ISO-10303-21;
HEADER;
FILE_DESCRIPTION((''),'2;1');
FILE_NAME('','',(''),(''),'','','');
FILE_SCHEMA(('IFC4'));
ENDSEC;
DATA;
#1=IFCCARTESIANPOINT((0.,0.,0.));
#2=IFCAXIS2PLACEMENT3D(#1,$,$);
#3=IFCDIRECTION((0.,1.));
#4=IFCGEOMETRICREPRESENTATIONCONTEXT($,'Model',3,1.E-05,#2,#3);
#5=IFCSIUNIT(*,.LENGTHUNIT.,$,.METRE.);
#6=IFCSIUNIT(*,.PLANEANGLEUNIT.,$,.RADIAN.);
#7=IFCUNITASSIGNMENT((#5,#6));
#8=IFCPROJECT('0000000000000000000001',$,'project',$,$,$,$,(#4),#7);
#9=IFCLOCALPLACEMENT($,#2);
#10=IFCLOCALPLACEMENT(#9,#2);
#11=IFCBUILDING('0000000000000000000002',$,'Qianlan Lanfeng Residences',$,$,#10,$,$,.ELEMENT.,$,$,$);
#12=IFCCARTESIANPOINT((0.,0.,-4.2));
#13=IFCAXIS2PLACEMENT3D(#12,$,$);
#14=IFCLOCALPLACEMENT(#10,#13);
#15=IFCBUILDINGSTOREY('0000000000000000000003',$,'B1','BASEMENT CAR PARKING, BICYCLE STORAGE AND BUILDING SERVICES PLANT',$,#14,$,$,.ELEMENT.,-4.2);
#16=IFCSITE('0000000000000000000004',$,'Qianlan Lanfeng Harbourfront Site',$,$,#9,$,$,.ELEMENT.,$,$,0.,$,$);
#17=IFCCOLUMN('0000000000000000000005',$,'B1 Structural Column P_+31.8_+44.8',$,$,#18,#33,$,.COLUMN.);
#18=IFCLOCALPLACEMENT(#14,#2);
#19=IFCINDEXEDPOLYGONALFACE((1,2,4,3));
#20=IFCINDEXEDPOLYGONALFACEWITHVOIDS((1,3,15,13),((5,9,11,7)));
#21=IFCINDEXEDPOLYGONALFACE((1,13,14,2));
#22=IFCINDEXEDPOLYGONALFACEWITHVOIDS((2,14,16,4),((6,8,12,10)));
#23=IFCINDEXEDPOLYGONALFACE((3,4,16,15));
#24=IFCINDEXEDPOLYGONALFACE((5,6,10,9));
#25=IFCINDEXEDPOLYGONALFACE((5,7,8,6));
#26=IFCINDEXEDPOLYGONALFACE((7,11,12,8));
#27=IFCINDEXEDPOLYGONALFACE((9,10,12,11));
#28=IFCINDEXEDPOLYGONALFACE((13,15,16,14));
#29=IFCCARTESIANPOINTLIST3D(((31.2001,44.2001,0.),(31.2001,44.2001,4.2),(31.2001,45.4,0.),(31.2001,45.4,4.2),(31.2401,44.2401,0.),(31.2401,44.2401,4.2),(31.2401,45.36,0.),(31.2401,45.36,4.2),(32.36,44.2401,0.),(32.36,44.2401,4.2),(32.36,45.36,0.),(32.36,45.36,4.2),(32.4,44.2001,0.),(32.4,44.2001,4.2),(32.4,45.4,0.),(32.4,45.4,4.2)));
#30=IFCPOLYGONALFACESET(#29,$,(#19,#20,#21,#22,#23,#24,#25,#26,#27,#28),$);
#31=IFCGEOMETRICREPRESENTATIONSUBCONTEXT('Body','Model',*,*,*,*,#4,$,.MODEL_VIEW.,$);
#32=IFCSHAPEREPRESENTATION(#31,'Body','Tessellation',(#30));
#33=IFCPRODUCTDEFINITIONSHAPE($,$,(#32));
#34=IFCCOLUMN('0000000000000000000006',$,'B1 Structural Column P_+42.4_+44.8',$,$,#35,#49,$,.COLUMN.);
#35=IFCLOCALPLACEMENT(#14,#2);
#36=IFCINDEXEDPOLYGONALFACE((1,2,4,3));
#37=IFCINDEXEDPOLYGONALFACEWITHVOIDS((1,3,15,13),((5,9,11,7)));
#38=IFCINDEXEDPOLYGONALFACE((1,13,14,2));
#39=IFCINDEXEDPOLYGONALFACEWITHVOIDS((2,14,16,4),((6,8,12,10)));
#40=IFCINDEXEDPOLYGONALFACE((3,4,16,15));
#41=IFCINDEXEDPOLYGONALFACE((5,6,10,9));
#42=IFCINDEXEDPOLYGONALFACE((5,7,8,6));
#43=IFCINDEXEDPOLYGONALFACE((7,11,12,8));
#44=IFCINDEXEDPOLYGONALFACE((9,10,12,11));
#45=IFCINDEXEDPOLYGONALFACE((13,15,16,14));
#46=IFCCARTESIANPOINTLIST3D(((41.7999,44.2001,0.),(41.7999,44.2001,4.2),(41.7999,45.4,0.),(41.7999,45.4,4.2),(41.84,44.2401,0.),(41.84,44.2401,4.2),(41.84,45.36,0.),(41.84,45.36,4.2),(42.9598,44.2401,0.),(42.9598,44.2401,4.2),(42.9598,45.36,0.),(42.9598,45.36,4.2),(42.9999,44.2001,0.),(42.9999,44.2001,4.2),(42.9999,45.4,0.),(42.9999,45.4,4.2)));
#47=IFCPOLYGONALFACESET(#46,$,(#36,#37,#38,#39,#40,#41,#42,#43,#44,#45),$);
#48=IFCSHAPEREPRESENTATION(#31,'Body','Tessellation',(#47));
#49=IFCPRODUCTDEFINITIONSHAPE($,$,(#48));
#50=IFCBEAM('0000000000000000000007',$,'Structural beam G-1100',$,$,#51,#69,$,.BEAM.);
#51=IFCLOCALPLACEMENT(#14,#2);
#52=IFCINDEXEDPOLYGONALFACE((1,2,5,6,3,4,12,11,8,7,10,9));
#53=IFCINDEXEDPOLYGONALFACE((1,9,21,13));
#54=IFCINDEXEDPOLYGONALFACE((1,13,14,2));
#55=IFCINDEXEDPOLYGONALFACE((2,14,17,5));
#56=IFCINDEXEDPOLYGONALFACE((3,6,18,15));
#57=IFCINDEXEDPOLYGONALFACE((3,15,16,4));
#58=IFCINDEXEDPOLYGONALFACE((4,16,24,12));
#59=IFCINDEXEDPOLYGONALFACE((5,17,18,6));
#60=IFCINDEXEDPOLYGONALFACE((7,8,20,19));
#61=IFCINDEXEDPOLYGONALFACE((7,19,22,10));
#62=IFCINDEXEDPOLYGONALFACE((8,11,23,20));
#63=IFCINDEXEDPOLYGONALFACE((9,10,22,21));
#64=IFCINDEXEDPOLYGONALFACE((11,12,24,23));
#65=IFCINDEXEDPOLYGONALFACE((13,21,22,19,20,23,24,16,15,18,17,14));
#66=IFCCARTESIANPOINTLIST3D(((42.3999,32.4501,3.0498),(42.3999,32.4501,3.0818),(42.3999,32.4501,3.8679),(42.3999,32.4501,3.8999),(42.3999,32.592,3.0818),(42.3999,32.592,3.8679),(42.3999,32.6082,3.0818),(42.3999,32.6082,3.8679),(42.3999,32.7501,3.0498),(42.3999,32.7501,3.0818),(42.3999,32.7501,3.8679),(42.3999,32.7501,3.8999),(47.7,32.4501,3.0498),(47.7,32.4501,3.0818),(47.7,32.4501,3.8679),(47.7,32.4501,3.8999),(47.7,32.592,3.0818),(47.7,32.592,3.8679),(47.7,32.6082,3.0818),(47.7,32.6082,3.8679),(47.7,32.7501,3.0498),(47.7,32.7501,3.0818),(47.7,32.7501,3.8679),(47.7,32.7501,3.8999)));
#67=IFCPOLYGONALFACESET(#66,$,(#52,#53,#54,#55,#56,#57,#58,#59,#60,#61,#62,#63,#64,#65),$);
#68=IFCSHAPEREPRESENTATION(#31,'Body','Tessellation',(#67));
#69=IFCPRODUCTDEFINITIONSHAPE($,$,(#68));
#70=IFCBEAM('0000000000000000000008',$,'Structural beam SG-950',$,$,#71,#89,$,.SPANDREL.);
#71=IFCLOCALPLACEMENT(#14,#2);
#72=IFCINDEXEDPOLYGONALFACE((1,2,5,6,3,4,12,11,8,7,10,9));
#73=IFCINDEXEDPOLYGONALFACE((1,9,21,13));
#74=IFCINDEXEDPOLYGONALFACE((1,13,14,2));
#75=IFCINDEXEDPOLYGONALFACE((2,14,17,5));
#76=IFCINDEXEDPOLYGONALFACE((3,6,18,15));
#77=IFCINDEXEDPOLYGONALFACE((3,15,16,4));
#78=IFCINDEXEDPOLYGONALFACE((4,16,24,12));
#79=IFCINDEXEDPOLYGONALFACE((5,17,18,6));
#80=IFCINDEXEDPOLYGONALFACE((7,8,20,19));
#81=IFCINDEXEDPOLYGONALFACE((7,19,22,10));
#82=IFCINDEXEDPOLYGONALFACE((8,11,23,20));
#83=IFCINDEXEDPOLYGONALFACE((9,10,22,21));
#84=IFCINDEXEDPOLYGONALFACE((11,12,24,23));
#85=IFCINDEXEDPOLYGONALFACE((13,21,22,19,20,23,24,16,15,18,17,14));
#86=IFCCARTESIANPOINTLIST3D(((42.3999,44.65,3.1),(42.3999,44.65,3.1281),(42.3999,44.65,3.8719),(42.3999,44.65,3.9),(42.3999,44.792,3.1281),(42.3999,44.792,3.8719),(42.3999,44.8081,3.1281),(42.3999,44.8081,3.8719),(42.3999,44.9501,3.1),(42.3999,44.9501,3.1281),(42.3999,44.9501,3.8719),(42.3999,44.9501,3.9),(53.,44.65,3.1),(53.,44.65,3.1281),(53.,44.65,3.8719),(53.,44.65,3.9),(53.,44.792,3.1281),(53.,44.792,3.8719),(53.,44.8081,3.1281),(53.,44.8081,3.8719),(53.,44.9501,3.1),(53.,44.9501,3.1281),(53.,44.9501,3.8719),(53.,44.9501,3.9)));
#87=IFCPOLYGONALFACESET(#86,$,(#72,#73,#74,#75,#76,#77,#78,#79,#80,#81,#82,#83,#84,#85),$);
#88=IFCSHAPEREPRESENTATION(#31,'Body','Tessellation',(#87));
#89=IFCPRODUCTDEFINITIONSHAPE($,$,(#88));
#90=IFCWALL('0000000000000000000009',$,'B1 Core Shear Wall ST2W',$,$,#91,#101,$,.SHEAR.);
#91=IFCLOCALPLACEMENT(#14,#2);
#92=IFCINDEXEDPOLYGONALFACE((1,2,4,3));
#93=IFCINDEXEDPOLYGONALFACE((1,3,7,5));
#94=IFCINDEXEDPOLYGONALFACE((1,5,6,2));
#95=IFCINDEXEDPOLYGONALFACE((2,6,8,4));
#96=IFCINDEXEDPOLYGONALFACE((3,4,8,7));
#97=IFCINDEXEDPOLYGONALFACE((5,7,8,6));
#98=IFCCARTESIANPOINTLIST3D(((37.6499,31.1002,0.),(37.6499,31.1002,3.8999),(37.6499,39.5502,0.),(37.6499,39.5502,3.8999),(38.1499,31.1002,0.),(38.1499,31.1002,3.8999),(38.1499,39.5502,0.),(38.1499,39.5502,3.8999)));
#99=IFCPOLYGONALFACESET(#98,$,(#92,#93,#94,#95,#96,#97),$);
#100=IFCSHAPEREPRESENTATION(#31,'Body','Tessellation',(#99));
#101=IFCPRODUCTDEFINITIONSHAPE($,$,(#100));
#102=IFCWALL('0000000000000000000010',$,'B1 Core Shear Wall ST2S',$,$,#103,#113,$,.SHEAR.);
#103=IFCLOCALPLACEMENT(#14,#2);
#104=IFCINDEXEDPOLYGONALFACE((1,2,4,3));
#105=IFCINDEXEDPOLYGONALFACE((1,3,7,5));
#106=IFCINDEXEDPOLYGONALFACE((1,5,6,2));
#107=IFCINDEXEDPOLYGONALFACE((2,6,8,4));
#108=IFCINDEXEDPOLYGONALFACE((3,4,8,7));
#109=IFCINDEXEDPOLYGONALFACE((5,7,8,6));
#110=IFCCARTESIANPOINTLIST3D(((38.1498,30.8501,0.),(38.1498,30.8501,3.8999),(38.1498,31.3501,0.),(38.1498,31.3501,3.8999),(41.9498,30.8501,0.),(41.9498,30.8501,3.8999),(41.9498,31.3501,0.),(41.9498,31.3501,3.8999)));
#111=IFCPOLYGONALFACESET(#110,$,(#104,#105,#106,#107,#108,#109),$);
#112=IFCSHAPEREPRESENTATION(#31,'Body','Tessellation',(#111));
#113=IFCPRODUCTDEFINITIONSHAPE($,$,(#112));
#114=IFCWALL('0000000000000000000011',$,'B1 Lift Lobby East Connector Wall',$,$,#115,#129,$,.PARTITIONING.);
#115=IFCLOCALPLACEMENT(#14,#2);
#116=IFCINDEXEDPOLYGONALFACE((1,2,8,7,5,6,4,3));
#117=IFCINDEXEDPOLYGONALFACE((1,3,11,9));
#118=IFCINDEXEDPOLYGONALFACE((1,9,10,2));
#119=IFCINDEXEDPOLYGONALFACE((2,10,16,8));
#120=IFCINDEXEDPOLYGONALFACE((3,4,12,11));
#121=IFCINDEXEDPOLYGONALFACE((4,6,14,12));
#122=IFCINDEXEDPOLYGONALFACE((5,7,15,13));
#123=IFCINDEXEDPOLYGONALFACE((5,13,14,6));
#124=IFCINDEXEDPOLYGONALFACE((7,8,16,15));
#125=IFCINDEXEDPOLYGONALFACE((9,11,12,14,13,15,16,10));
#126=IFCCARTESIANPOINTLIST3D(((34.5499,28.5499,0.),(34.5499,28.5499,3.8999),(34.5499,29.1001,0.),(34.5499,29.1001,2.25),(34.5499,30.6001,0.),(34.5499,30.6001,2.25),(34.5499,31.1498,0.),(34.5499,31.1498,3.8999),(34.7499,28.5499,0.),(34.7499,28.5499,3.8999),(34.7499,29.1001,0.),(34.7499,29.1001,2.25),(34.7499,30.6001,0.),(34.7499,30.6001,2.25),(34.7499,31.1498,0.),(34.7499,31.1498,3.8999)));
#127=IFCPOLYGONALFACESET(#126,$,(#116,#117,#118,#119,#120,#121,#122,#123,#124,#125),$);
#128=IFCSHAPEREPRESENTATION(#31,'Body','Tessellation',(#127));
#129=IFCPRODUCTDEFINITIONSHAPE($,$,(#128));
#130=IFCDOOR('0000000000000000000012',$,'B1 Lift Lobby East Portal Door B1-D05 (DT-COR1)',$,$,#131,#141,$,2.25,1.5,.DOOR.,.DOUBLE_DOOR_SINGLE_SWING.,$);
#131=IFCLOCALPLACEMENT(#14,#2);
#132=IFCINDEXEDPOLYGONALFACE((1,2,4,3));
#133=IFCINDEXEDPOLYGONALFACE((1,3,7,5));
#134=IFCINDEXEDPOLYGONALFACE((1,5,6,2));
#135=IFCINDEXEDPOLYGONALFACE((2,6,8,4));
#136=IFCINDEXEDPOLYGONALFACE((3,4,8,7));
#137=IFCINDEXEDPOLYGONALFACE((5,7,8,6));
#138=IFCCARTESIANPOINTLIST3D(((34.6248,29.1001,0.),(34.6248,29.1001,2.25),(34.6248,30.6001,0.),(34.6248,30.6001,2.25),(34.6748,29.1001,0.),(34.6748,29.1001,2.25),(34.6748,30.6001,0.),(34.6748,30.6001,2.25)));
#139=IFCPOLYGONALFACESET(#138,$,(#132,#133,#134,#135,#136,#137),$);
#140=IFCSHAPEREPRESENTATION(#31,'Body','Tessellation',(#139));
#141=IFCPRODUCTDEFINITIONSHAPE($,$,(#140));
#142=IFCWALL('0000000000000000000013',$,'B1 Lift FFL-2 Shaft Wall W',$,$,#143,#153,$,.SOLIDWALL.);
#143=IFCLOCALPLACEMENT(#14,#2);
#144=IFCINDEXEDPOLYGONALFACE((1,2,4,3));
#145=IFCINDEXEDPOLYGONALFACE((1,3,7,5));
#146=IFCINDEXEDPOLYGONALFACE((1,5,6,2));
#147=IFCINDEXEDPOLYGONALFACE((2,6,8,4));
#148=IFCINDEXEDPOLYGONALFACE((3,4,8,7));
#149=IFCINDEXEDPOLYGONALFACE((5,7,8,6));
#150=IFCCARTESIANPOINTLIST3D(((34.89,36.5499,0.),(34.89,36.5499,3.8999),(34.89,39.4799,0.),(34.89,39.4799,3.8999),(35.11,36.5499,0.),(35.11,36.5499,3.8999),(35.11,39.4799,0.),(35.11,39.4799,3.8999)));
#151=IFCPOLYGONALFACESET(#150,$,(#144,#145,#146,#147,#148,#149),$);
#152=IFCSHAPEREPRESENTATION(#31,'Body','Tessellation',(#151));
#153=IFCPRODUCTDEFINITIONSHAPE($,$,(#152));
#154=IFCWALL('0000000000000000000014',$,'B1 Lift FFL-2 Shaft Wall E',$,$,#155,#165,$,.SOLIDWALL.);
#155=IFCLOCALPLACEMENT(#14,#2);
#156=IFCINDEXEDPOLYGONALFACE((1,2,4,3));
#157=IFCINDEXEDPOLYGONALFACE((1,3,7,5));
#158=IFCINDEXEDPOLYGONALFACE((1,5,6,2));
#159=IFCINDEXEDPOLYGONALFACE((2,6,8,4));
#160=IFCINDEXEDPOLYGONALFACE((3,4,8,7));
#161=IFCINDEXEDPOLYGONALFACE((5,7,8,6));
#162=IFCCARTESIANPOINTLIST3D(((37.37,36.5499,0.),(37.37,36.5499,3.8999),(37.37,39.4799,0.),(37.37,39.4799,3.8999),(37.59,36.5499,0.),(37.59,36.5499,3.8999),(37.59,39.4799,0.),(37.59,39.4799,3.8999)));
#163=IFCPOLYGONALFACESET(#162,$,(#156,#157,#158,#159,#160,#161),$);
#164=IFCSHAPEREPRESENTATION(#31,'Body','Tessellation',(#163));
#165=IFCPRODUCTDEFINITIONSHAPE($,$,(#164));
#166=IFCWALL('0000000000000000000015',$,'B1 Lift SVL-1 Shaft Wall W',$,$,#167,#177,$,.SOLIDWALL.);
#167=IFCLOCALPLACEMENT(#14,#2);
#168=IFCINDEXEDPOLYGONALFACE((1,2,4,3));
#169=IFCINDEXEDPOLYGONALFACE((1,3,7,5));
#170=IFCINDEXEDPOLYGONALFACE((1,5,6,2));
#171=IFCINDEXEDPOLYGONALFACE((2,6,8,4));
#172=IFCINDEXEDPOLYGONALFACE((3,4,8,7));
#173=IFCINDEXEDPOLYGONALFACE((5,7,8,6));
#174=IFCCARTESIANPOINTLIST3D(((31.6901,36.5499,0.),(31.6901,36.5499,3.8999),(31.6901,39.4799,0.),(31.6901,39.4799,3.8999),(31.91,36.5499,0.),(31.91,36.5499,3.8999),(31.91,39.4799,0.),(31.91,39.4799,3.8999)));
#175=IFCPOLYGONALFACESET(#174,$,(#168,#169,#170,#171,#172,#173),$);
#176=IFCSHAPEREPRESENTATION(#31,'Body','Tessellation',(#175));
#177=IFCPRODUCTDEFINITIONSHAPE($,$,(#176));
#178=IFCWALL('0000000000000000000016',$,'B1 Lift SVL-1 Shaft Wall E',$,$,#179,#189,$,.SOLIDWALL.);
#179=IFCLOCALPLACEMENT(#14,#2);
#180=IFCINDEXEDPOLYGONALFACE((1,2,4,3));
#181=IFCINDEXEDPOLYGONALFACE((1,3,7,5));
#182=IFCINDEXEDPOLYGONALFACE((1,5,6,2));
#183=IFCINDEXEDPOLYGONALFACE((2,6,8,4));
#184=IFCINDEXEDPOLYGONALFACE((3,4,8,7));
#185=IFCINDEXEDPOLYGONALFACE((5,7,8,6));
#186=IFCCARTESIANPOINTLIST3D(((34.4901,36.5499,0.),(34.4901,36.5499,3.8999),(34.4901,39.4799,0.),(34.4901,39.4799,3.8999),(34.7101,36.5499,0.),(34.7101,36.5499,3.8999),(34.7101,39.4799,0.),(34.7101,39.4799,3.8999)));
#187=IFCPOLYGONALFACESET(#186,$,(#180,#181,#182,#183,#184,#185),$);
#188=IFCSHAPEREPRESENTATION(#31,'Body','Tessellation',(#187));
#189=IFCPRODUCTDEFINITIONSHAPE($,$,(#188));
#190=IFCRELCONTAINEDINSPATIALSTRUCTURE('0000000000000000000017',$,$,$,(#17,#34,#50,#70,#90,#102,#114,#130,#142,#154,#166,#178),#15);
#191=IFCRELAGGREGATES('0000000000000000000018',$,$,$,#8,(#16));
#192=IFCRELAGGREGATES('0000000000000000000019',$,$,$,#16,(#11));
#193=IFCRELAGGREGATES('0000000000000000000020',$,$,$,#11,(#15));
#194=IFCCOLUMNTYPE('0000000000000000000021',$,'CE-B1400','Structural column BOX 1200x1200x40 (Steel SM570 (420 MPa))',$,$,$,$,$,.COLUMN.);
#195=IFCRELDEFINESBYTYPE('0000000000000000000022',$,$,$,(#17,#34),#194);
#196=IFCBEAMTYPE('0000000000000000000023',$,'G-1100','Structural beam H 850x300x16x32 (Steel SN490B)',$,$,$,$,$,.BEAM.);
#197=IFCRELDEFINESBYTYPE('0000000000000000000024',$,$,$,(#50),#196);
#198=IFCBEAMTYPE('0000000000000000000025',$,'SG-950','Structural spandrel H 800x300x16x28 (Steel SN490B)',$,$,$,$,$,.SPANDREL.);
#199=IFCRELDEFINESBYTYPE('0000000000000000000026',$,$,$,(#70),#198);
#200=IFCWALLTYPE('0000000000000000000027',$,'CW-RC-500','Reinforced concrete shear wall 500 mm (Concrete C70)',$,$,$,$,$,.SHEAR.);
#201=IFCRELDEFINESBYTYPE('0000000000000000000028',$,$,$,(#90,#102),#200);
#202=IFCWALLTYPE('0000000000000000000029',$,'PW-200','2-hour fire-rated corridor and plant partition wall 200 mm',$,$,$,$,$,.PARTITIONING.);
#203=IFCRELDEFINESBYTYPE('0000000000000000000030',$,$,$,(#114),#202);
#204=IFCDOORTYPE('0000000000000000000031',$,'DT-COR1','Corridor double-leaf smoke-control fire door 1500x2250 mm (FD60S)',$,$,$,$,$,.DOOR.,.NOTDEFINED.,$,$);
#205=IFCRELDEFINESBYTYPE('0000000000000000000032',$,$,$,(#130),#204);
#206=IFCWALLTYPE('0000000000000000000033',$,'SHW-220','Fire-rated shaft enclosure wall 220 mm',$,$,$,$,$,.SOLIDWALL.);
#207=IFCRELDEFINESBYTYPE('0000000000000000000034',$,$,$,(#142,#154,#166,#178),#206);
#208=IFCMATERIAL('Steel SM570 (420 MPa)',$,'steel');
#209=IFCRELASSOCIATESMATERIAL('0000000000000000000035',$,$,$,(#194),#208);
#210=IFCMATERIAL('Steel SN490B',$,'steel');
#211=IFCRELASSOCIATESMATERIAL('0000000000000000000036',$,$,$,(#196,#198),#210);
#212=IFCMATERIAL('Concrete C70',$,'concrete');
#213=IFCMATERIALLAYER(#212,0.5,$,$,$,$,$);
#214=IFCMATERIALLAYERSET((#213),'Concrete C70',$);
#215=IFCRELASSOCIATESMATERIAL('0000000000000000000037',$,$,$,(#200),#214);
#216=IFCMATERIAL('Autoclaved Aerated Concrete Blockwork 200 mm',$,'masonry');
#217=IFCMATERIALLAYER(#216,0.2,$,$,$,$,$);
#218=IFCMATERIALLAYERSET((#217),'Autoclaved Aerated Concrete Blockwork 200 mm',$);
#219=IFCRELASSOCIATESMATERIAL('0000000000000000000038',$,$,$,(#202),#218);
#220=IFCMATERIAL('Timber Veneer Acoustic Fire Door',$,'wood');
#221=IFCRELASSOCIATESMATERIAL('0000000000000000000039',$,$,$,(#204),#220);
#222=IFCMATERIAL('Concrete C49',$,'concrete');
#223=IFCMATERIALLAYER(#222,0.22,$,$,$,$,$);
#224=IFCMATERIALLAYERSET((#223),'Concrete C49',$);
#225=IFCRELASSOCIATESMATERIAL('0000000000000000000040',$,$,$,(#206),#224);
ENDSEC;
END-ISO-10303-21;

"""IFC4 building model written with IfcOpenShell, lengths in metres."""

from ifc_helpers import new_model, si_unit, direction, frame, frame_2d, origin, origin_2d, place, context, subcontext, project, spatial, rectangle, hollow_rectangle, i_section, extrude, material, layer, layer_set, material_profile, profile_set, type_object, element, fill, save


model = new_model("IFC4")

# Units and contexts
model_context = context("Model", 3, precision=1e-05, world=origin(), true_north=direction((0.0, 1.0)))
body_context = subcontext(model_context, "Body", "Model", "MODEL_VIEW")
ifc_project = project(units=[si_unit("LENGTHUNIT", "METRE"), si_unit("PLANEANGLEUNIT", "RADIAN")], contexts=[model_context])

# Site, building, storey
site_placement = place(None, origin())
site = spatial("IfcSite", under=ifc_project, at=site_placement, Name="Qianlan Lanfeng Harbourfront Site", CompositionType="ELEMENT", RefElevation=0.0)
building_placement = place(site_placement, origin())
building = spatial("IfcBuilding", under=site, at=building_placement, Name="Qianlan Lanfeng Residences", CompositionType="ELEMENT")
storey_placement = place(building_placement, frame((0.0, 0.0, -4.2)))
storey = spatial("IfcBuildingStorey", under=building, at=storey_placement, Name="B1", Description="BASEMENT CAR PARKING, BICYCLE STORAGE AND BUILDING SERVICES PLANT", CompositionType="ELEMENT", Elevation=-4.2)

# Columns
ifc_material_1 = material(Name="Steel SM570 (420 MPa)", Category="steel")
ifc_material_profile_1 = material_profile(ifc_material_1, hollow_rectangle(XDim=1.2, YDim=1.2, WallThickness=0.04, at=origin_2d()), Name="BOX 1200x1200x40")
ifc_profile_set_1 = profile_set([ifc_material_profile_1], Name="Steel SM570 (420 MPa)")
column_type = type_object("IfcColumnType", Name="CE-B1400", Description="Structural column BOX 1200x1200x40 (Steel SM570 (420 MPa))", PredefinedType="COLUMN", material=ifc_profile_set_1)
for number, where, z_axis, x_axis, name in (
    (1, (31.8, 44.8, 0.0), (0.0, 0.0, 1.0), (1.0, 0.0, 0.0), "B1 Structural Column P_+31.8_+44.8"),
    (2, (42.3999, 44.8, 0.0), (0.0, 0.0, 1.0), (1.0, 0.0, 0.0), "B1 Structural Column P_+42.4_+44.8"),
):
    element("IfcColumn", number, at=place(storey_placement, frame(where, z_axis=z_axis, x_axis=x_axis)), inside=storey, type_object=column_type, Name=name, PredefinedType="COLUMN", context=body_context, shape_type="SweptSolid", body=[
        extrude(hollow_rectangle(XDim=1.2, YDim=1.2, WallThickness=0.04, at=origin_2d()), origin(), (0.0, 0.0, 1.0), 4.2),
    ])

# Beams
ifc_material_2 = material(Name="Steel SN490B", Category="steel")
ifc_material_profile_2 = material_profile(ifc_material_2, i_section(OverallWidth=0.3, OverallDepth=0.8501, WebThickness=0.0161, FlangeThickness=0.032, at=origin_2d()), Name="H 850x300x16x32")
ifc_profile_set_2 = profile_set([ifc_material_profile_2], Name="Steel SN490B")
beam_type_1 = type_object("IfcBeamType", Name="G-1100", Description="Structural beam H 850x300x16x32 (Steel SN490B)", PredefinedType="BEAM", material=ifc_profile_set_2)
beam_1_placement = place(storey_placement, frame((42.3999, 32.6001, 3.4749), z_axis=(1.0, 0.0, 0.0), x_axis=(0.0, 1.0, 0.0)))
element("IfcBeam", 3, at=beam_1_placement, inside=storey, type_object=beam_type_1, Name="Structural beam G-1100", PredefinedType="BEAM", context=body_context, shape_type="SweptSolid", body=[
    extrude(i_section(OverallWidth=0.3, OverallDepth=0.8501, WebThickness=0.0161, FlangeThickness=0.032, at=origin_2d()), origin(), (0.0, 0.0, 1.0), 5.3),
])
ifc_material_profile_3 = material_profile(ifc_material_2, i_section(OverallWidth=0.3, OverallDepth=0.8, WebThickness=0.0161, FlangeThickness=0.0281, at=origin_2d()), Name="H 800x300x16x28")
ifc_profile_set_3 = profile_set([ifc_material_profile_3], Name="Steel SN490B")
beam_type_2 = type_object("IfcBeamType", Name="SG-950", Description="Structural spandrel H 800x300x16x28 (Steel SN490B)", PredefinedType="SPANDREL", material=ifc_profile_set_3)
beam_2_placement = place(storey_placement, frame((42.3999, 44.8, 3.5), z_axis=(1.0, 0.0, 0.0), x_axis=(0.0, 1.0, 0.0)))
element("IfcBeam", 4, at=beam_2_placement, inside=storey, type_object=beam_type_2, Name="Structural beam SG-950", PredefinedType="SPANDREL", context=body_context, shape_type="SweptSolid", body=[
    extrude(i_section(OverallWidth=0.3, OverallDepth=0.8, WebThickness=0.0161, FlangeThickness=0.0281, at=origin_2d()), origin(), (0.0, 0.0, 1.0), 10.6001),
])

# Walls
ifc_material_3 = material(Name="Concrete C70", Category="concrete")
ifc_layer_1 = layer(ifc_material_3, 0.5)
ifc_layer_set_1 = layer_set([ifc_layer_1], Name="Concrete C70")
wall_type_1 = type_object("IfcWallType", Name="CW-RC-500", Description="Reinforced concrete shear wall 500 mm (Concrete C70)", PredefinedType="SHEAR", material=ifc_layer_set_1)
wall_1_placement = place(storey_placement, frame((37.8999, 31.1001, 0.0), z_axis=(0.0, 0.0, 1.0), x_axis=(0.0, 1.0, 0.0)))
element("IfcWall", 5, at=wall_1_placement, inside=storey, type_object=wall_type_1, Name="B1 Core Shear Wall ST2W", PredefinedType="SHEAR", context=body_context, shape_type="SweptSolid", body=[
    extrude(rectangle(XDim=8.45, YDim=0.5, at=frame_2d((4.2251, 0.0))), origin(), (0.0, 0.0, 1.0), 3.8999),
])
wall_2_placement = place(storey_placement, frame((38.1499, 31.1001, 0.0), z_axis=(0.0, 0.0, 1.0), x_axis=(1.0, 0.0, 0.0)))
element("IfcWall", 6, at=wall_2_placement, inside=storey, type_object=wall_type_1, Name="B1 Core Shear Wall ST2S", PredefinedType="SHEAR", context=body_context, shape_type="SweptSolid", body=[
    extrude(rectangle(XDim=3.8, YDim=0.5, at=frame_2d((1.8999, 0.0))), origin(), (0.0, 0.0, 1.0), 3.8999),
])

# Wall, opening, door
ifc_material_4 = material(Name="Autoclaved Aerated Concrete Blockwork 200 mm", Category="masonry")
ifc_layer_2 = layer(ifc_material_4, 0.2)
ifc_layer_set_2 = layer_set([ifc_layer_2], Name="Autoclaved Aerated Concrete Blockwork 200 mm")
wall_type_2 = type_object("IfcWallType", Name="PW-200", Description="2-hour fire-rated corridor and plant partition wall 200 mm", PredefinedType="PARTITIONING", material=ifc_layer_set_2)
wall_3_placement = place(storey_placement, frame((34.6499, 28.55, 0.0), z_axis=(0.0, 0.0, 1.0), x_axis=(0.0, 1.0, 0.0)))
wall_3 = element("IfcWall", 7, at=wall_3_placement, inside=storey, type_object=wall_type_2, Name="B1 Lift Lobby East Connector Wall", PredefinedType="PARTITIONING", context=body_context, shape_type="SweptSolid", body=[
    extrude(rectangle(XDim=2.5999, YDim=0.2, at=frame_2d((1.2998, 0.0))), origin(), (0.0, 0.0, 1.0), 3.8999),
])
opening_placement = place(wall_3_placement, frame((0.55, 0.0, 0.0)))
opening = element("IfcOpeningElement", 8, at=opening_placement, cuts=wall_3, PredefinedType="OPENING", context=body_context, shape_type="SweptSolid", body=[
    extrude(rectangle(XDim=1.5, YDim=2.25, at=frame_2d((0.75, 1.125))), frame((0.0, 0.1099, 0.0), z_axis=(0.0, -1.0, 0.0), x_axis=(1.0, 0.0, 0.0)), (0.0, 0.0, 1.0), 0.22),
])
ifc_material_5 = material(Name="Timber Veneer Acoustic Fire Door", Category="wood")
door_type = type_object("IfcDoorType", Name="DT-COR1", Description="Corridor double-leaf smoke-control fire door 1500x2250 mm (FD60S)", OperationType="NOTDEFINED", PredefinedType="DOOR", material=ifc_material_5)
door_placement = place(opening_placement, frame((1.5, 0.0, 0.0), z_axis=(0.0, 0.0, 1.0), x_axis=(-1.0, 0.0, 0.0)))
door = element("IfcDoor", 9, at=door_placement, inside=storey, type_object=door_type, Name="B1 Lift Lobby East Portal Door B1-D05 (DT-COR1)", OperationType="DOUBLE_DOOR_SINGLE_SWING", OverallHeight=2.25, OverallWidth=1.5, PredefinedType="DOOR", context=body_context, shape_type="SweptSolid", body=[
    extrude(rectangle(XDim=1.5, YDim=2.25, at=frame_2d((0.75, 1.125))), frame((0.0, 0.0249, 0.0), z_axis=(0.0, -1.0, 0.0), x_axis=(1.0, 0.0, 0.0)), (0.0, 0.0, 1.0), 0.05),
])
fill(opening, door)

# Walls
ifc_material_6 = material(Name="Concrete C49", Category="concrete")
ifc_layer_3 = layer(ifc_material_6, 0.22)
ifc_layer_set_3 = layer_set([ifc_layer_3], Name="Concrete C49")
wall_type_3 = type_object("IfcWallType", Name="SHW-220", Description="Fire-rated shaft enclosure wall 220 mm", PredefinedType="SOLIDWALL", material=ifc_layer_set_3)
for number, where, z_axis, x_axis, name in (
    (10, (35.0, 36.55, 0.0), (0.0, 0.0, 1.0), (0.0, 1.0, 0.0), "B1 Lift FFL-2 Shaft Wall W"),
    (11, (37.48, 36.55, 0.0), (0.0, 0.0, 1.0), (0.0, 1.0, 0.0), "B1 Lift FFL-2 Shaft Wall E"),
    (12, (31.8, 36.55, 0.0), (0.0, 0.0, 1.0), (0.0, 1.0, 0.0), "B1 Lift SVL-1 Shaft Wall W"),
    (13, (34.6001, 36.55, 0.0), (0.0, 0.0, 1.0), (0.0, 1.0, 0.0), "B1 Lift SVL-1 Shaft Wall E"),
):
    element("IfcWall", number, at=place(storey_placement, frame(where, z_axis=z_axis, x_axis=x_axis)), inside=storey, type_object=wall_type_3, Name=name, PredefinedType="SOLIDWALL", context=body_context, shape_type="SweptSolid", body=[
        extrude(rectangle(XDim=2.9299, YDim=0.22, at=frame_2d((1.4648, 0.0))), origin(), (0.0, 0.0, 1.0), 3.8999),
    ])

save(model, "model.ifc")
